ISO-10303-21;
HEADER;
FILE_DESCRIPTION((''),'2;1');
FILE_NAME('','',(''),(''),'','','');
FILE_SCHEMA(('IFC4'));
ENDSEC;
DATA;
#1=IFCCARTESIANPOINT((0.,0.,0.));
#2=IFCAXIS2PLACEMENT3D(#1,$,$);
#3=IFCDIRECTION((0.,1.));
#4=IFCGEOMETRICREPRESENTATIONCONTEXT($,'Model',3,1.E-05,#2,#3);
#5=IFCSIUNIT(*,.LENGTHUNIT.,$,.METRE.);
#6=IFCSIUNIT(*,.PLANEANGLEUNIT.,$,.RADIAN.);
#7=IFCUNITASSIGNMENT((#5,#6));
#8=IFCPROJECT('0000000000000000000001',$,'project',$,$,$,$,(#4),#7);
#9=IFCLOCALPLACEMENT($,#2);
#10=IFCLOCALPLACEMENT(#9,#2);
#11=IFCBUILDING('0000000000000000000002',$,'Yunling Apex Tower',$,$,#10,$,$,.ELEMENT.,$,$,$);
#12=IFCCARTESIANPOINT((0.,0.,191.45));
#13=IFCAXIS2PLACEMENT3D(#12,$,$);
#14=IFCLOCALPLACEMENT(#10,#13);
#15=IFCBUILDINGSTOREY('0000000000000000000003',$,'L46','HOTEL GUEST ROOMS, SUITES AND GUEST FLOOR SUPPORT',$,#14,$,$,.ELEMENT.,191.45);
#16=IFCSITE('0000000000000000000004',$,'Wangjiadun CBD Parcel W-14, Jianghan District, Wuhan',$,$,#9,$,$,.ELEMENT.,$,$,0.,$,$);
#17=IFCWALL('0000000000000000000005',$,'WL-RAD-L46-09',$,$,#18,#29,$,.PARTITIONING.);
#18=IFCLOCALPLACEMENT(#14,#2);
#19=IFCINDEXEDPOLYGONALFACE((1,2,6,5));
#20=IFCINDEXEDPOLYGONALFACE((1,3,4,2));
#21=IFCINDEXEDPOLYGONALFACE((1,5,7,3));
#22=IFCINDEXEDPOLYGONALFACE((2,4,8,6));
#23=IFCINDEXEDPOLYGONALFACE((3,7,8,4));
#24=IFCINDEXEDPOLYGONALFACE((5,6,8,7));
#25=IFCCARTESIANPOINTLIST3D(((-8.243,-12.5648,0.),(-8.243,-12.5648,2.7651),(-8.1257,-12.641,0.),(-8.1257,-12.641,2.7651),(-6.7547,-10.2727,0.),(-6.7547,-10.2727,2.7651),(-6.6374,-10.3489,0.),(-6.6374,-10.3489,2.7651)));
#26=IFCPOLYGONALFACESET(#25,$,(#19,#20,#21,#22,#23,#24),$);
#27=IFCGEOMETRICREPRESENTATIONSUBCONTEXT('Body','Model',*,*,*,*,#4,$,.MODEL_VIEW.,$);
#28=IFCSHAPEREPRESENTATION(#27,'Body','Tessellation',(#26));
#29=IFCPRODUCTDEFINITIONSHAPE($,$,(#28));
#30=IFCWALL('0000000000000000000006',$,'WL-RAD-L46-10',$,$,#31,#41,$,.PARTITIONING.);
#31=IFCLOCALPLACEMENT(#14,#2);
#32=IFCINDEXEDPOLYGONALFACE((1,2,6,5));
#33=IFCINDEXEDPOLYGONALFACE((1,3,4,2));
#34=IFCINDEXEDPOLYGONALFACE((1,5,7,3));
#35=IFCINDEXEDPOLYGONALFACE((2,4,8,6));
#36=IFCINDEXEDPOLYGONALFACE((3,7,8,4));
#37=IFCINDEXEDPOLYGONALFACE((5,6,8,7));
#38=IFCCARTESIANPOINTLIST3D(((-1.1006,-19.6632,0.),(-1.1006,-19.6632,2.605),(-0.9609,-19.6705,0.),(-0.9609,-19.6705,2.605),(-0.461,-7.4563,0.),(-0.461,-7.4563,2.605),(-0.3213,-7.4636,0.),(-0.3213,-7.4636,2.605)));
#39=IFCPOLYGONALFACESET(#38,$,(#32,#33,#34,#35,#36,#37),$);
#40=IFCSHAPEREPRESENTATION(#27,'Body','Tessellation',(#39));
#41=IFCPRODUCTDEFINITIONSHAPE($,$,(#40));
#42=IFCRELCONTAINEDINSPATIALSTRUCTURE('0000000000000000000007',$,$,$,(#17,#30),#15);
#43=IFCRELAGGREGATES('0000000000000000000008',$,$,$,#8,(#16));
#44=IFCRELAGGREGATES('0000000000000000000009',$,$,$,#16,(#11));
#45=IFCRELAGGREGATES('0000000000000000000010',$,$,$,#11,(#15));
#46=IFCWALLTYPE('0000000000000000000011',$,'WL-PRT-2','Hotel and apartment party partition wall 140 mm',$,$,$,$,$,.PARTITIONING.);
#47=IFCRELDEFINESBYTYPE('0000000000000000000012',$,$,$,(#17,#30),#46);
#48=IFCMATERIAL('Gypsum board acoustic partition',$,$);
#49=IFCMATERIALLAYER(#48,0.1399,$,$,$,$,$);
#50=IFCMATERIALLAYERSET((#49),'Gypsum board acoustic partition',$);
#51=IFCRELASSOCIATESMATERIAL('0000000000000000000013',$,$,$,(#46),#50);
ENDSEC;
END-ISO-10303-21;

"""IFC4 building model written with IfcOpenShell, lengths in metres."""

from ifc_helpers import new_model, si_unit, direction, frame, frame_2d, origin, place, context, subcontext, project, spatial, rectangle, extrude, material, layer, layer_set, type_object, element, save


model = new_model("IFC4")

# Units and contexts
model_context = context("Model", 3, precision=1e-05, world=origin(), true_north=direction((0.0, 1.0)))
body_context = subcontext(model_context, "Body", "Model", "MODEL_VIEW")
ifc_project = project(units=[si_unit("LENGTHUNIT", "METRE"), si_unit("PLANEANGLEUNIT", "RADIAN")], contexts=[model_context])

# Site, building, storey
site_placement = place(None, origin())
site = spatial("IfcSite", under=ifc_project, at=site_placement, Name="Wangjiadun CBD Parcel W-14, Jianghan District, Wuhan", CompositionType="ELEMENT", RefElevation=0.0)
building_placement = place(site_placement, origin())
building = spatial("IfcBuilding", under=site, at=building_placement, Name="Yunling Apex Tower", CompositionType="ELEMENT")
storey_placement = place(building_placement, frame((0.0, 0.0, 191.45)))
storey = spatial("IfcBuildingStorey", under=building, at=storey_placement, Name="L46", Description="HOTEL GUEST ROOMS, SUITES AND GUEST FLOOR SUPPORT", CompositionType="ELEMENT", Elevation=191.45)

# Shared definitions
ifc_material_1 = material(Name="Gypsum board acoustic partition")

# Walls
ifc_layer_1 = layer(ifc_material_1, 0.1399)
ifc_layer_set_1 = layer_set([ifc_layer_1], Name="Gypsum board acoustic partition")
wall_type_1 = type_object("IfcWallType", Name="WL-PRT-2", Description="Hotel and apartment party partition wall 140 mm", PredefinedType="PARTITIONING", material=ifc_layer_set_1)
wall_1_placement = place(storey_placement, frame((-6.696, -10.3108, 0.0), z_axis=(0.0, 0.0, 1.0), x_axis=(-0.544599, -0.838697, 0.0)))
element("IfcWall", 1, at=wall_1_placement, inside=storey, type_object=wall_type_1, Name="WL-RAD-L46-09", PredefinedType="PARTITIONING", context=body_context, shape_type="SweptSolid", body=[
    extrude(rectangle(XDim=2.7329, YDim=0.1399, at=frame_2d((1.3665, 0.0))), origin(), (0.0, 0.0, 1.0), 2.7651),
])
wall_2_placement = place(storey_placement, frame((-0.3911, -7.46, 0.0), z_axis=(0.0, 0.0, 1.0), x_axis=(-0.052329, -0.99863, 0.0)))
element("IfcWall", 2, at=wall_2_placement, inside=storey, type_object=wall_type_1, Name="WL-RAD-L46-10", PredefinedType="PARTITIONING", context=body_context, shape_type="SweptSolid", body=[
    extrude(rectangle(XDim=12.2236, YDim=0.1399, at=frame_2d((6.1118, 0.0))), origin(), (0.0, 0.0, 1.0), 2.605),
])

save(model, "model.ifc")
